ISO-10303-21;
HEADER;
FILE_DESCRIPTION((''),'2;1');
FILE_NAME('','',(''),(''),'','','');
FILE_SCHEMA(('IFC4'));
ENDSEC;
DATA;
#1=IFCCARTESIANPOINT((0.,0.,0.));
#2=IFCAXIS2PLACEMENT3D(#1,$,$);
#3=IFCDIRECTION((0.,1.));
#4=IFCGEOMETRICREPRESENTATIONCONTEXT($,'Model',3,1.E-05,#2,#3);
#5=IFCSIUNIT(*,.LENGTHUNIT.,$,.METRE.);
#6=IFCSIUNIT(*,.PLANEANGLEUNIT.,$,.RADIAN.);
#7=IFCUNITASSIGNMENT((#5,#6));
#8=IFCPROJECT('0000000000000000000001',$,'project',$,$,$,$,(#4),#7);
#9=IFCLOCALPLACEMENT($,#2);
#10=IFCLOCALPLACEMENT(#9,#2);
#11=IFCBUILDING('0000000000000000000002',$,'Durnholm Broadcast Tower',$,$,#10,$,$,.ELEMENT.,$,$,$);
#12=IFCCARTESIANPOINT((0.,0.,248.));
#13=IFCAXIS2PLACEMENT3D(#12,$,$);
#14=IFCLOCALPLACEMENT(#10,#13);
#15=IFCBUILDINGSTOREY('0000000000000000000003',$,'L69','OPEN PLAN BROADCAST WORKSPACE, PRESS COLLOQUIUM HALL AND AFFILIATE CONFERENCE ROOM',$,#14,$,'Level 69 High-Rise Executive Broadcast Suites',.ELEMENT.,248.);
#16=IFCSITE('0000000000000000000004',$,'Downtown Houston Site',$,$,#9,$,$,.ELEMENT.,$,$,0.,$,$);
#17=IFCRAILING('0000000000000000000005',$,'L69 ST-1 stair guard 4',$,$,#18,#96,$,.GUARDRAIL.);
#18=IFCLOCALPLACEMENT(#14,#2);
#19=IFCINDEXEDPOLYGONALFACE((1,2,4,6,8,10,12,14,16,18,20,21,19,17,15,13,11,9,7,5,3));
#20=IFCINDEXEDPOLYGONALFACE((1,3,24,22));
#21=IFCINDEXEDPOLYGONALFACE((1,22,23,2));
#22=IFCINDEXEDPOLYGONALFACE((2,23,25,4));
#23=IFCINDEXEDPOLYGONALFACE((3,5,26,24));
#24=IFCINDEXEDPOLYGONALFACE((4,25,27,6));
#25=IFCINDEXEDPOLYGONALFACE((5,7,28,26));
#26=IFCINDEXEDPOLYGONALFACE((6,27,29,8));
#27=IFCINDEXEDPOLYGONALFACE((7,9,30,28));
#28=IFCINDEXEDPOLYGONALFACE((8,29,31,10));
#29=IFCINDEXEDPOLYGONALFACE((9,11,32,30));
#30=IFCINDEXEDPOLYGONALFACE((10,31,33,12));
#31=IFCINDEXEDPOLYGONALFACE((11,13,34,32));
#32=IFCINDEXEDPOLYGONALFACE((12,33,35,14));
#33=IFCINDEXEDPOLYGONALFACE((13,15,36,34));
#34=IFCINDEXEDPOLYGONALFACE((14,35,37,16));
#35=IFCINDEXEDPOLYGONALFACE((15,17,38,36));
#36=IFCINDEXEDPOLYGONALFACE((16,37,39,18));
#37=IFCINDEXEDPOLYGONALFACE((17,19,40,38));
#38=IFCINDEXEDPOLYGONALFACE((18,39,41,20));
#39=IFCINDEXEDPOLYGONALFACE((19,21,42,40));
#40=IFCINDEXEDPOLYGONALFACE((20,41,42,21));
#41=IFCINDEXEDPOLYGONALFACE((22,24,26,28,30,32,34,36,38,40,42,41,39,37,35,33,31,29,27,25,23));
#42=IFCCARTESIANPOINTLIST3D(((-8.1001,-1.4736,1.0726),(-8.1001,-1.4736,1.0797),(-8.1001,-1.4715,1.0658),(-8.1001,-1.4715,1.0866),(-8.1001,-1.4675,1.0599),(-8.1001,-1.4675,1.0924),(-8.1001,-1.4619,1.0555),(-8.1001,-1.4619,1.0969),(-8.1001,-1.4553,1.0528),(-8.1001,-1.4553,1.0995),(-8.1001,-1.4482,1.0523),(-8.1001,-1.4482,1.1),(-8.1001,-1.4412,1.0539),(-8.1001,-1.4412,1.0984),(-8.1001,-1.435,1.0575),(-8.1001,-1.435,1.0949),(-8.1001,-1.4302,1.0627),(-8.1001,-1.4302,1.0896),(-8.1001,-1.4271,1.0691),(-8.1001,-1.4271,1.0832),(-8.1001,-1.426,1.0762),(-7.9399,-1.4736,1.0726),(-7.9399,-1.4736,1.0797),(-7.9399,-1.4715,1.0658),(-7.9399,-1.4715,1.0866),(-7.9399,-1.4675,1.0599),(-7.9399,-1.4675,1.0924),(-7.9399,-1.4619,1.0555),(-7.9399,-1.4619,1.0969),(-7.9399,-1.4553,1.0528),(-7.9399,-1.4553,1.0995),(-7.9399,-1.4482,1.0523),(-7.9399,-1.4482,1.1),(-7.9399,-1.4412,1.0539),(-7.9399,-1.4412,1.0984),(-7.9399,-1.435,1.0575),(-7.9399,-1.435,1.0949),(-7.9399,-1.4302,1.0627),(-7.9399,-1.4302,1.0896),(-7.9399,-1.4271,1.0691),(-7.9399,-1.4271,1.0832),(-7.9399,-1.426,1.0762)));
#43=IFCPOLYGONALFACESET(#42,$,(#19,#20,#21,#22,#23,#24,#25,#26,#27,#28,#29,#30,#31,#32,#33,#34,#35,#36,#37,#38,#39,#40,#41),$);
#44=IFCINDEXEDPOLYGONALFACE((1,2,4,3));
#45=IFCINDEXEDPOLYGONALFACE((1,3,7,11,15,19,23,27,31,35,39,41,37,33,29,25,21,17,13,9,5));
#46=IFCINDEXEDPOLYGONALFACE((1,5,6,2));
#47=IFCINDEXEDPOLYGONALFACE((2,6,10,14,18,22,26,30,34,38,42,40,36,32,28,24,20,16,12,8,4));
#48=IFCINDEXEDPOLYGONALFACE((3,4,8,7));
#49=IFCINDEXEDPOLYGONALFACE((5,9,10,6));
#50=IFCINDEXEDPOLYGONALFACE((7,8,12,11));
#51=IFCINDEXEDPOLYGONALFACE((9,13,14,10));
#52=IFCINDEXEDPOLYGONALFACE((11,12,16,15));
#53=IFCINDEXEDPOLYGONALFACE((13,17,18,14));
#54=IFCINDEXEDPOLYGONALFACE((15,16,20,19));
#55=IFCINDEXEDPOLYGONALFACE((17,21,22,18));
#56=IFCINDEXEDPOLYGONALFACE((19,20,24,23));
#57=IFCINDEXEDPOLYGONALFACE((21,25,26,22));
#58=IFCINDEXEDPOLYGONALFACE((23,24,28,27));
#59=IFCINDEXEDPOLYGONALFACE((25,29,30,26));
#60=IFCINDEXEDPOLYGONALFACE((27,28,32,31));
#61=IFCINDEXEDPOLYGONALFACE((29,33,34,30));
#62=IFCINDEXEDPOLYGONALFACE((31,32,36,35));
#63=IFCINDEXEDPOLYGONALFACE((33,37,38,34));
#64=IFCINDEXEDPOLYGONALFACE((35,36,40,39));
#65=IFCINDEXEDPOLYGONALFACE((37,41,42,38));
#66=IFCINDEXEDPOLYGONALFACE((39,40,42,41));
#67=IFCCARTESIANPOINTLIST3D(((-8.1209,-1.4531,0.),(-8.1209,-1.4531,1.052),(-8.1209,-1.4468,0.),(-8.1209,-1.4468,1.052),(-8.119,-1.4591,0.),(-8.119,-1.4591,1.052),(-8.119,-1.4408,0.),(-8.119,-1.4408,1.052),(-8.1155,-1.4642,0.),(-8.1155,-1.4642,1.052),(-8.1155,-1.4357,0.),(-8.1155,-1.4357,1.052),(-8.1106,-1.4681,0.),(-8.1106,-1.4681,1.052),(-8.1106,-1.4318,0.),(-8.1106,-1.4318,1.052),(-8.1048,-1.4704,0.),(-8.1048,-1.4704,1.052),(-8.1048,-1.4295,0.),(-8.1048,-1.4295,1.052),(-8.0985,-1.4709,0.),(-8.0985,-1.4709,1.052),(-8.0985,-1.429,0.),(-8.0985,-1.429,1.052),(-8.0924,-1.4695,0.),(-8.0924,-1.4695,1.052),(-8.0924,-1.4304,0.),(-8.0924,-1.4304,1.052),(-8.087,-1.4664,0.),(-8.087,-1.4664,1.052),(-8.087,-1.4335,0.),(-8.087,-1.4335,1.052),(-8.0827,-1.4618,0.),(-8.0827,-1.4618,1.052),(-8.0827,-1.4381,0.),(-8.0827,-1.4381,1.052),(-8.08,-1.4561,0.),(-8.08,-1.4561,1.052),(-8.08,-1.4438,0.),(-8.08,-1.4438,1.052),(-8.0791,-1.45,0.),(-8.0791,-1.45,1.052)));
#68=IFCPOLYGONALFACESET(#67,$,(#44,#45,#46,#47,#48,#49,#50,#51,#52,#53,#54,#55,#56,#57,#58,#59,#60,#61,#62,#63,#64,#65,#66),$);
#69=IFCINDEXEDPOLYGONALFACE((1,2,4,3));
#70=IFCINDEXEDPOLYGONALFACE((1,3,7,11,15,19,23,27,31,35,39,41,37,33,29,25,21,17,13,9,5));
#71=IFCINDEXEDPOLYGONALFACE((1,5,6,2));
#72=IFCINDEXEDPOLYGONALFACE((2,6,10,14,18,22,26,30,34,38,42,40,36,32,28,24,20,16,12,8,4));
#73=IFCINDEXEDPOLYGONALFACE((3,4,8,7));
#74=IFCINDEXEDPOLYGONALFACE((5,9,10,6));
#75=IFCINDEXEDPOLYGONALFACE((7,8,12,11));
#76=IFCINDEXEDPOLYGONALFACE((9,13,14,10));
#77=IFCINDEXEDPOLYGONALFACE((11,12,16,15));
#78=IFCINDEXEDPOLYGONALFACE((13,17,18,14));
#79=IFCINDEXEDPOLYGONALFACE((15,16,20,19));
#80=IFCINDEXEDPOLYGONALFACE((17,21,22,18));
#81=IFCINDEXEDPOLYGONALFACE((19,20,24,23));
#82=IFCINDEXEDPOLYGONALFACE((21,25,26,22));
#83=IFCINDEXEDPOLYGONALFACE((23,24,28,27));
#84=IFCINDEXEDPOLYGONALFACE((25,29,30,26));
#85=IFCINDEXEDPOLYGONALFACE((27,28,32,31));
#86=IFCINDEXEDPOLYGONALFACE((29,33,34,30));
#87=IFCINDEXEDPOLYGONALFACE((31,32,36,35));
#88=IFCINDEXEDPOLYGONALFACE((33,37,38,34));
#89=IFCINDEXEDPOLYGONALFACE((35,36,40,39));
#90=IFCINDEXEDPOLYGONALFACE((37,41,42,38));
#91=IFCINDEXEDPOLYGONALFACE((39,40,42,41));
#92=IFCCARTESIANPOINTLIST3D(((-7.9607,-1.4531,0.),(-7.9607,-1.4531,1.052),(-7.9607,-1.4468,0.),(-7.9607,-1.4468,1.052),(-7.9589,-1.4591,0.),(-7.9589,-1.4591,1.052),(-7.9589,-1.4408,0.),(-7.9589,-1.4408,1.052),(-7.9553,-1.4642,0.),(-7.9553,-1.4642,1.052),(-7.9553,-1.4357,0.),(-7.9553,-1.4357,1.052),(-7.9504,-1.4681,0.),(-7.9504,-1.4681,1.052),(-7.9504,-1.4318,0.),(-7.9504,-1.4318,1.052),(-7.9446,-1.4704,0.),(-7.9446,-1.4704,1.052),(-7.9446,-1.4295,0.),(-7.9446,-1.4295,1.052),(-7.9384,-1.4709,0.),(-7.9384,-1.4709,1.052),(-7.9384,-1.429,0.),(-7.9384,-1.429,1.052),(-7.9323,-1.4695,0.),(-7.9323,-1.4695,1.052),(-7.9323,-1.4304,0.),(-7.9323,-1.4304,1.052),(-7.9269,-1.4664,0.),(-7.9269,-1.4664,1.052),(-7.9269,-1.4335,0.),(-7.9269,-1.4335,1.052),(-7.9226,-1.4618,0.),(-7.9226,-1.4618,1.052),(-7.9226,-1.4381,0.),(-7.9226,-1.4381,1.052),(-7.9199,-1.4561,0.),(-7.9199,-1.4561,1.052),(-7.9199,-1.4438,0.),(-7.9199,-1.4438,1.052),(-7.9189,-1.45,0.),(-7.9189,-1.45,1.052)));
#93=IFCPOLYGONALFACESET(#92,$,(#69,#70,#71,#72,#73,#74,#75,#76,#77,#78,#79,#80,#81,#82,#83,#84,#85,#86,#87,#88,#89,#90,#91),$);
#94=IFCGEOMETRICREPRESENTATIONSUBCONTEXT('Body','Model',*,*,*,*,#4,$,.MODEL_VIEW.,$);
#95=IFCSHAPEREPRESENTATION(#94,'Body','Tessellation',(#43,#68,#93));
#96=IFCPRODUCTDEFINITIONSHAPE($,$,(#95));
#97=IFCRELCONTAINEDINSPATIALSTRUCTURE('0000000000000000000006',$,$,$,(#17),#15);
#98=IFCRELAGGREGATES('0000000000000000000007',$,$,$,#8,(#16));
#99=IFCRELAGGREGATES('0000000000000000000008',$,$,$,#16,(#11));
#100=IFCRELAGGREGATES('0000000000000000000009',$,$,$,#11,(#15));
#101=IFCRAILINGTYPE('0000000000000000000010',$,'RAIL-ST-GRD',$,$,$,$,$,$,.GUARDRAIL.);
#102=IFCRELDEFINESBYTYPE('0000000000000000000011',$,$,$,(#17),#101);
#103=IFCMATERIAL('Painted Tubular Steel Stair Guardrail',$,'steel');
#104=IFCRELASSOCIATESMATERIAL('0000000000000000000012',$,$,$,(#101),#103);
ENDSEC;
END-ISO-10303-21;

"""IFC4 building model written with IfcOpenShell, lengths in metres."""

from ifc_helpers import new_model, si_unit, direction, frame, origin, origin_2d, place, context, subcontext, project, spatial, circle, extrude, material, type_object, element, save


model = new_model("IFC4")

# Units and contexts
model_context = context("Model", 3, precision=1e-05, world=origin(), true_north=direction((0.0, 1.0)))
body_context = subcontext(model_context, "Body", "Model", "MODEL_VIEW")
ifc_project = project(units=[si_unit("LENGTHUNIT", "METRE"), si_unit("PLANEANGLEUNIT", "RADIAN")], contexts=[model_context])

# Site, building, storey
site_placement = place(None, origin())
site = spatial("IfcSite", under=ifc_project, at=site_placement, Name="Downtown Houston Site", CompositionType="ELEMENT", RefElevation=0.0)
building_placement = place(site_placement, origin())
building = spatial("IfcBuilding", under=site, at=building_placement, Name="Durnholm Broadcast Tower", CompositionType="ELEMENT")
storey_placement = place(building_placement, frame((0.0, 0.0, 248.0)))
storey = spatial("IfcBuildingStorey", under=building, at=storey_placement, Name="L69", Description="OPEN PLAN BROADCAST WORKSPACE, PRESS COLLOQUIUM HALL AND AFFILIATE CONFERENCE ROOM", LongName="Level 69 High-Rise Executive Broadcast Suites", CompositionType="ELEMENT", Elevation=248.0)

# Railing
ifc_material_1 = material(Name="Painted Tubular Steel Stair Guardrail", Category="steel")
railing_type_1 = type_object("IfcRailingType", Name="RAIL-ST-GRD", PredefinedType="GUARDRAIL", material=ifc_material_1)
railing_1_placement = place(storey_placement, frame((-8.1001, -1.45, 0.0)))
element("IfcRailing", 1, at=railing_1_placement, inside=storey, type_object=railing_type_1, Name="L69 ST-1 stair guard 4", PredefinedType="GUARDRAIL", context=body_context, shape_type="SweptSolid", body=[
    extrude(circle(Radius=0.0239, at=origin_2d()), frame((0.0, 0.0, 1.0762), z_axis=(1.0, 0.0, 0.0), x_axis=(0.0, 1.0, 0.0)), (0.0, 0.0, 1.0), 0.1602),
    extrude(circle(Radius=0.021, at=origin_2d()), origin(), (0.0, 0.0, 1.0), 1.052),
    extrude(circle(Radius=0.021, at=origin_2d()), frame((0.1602, 0.0, 0.0)), (0.0, 0.0, 1.0), 1.052),
])

save(model, "model.ifc")
